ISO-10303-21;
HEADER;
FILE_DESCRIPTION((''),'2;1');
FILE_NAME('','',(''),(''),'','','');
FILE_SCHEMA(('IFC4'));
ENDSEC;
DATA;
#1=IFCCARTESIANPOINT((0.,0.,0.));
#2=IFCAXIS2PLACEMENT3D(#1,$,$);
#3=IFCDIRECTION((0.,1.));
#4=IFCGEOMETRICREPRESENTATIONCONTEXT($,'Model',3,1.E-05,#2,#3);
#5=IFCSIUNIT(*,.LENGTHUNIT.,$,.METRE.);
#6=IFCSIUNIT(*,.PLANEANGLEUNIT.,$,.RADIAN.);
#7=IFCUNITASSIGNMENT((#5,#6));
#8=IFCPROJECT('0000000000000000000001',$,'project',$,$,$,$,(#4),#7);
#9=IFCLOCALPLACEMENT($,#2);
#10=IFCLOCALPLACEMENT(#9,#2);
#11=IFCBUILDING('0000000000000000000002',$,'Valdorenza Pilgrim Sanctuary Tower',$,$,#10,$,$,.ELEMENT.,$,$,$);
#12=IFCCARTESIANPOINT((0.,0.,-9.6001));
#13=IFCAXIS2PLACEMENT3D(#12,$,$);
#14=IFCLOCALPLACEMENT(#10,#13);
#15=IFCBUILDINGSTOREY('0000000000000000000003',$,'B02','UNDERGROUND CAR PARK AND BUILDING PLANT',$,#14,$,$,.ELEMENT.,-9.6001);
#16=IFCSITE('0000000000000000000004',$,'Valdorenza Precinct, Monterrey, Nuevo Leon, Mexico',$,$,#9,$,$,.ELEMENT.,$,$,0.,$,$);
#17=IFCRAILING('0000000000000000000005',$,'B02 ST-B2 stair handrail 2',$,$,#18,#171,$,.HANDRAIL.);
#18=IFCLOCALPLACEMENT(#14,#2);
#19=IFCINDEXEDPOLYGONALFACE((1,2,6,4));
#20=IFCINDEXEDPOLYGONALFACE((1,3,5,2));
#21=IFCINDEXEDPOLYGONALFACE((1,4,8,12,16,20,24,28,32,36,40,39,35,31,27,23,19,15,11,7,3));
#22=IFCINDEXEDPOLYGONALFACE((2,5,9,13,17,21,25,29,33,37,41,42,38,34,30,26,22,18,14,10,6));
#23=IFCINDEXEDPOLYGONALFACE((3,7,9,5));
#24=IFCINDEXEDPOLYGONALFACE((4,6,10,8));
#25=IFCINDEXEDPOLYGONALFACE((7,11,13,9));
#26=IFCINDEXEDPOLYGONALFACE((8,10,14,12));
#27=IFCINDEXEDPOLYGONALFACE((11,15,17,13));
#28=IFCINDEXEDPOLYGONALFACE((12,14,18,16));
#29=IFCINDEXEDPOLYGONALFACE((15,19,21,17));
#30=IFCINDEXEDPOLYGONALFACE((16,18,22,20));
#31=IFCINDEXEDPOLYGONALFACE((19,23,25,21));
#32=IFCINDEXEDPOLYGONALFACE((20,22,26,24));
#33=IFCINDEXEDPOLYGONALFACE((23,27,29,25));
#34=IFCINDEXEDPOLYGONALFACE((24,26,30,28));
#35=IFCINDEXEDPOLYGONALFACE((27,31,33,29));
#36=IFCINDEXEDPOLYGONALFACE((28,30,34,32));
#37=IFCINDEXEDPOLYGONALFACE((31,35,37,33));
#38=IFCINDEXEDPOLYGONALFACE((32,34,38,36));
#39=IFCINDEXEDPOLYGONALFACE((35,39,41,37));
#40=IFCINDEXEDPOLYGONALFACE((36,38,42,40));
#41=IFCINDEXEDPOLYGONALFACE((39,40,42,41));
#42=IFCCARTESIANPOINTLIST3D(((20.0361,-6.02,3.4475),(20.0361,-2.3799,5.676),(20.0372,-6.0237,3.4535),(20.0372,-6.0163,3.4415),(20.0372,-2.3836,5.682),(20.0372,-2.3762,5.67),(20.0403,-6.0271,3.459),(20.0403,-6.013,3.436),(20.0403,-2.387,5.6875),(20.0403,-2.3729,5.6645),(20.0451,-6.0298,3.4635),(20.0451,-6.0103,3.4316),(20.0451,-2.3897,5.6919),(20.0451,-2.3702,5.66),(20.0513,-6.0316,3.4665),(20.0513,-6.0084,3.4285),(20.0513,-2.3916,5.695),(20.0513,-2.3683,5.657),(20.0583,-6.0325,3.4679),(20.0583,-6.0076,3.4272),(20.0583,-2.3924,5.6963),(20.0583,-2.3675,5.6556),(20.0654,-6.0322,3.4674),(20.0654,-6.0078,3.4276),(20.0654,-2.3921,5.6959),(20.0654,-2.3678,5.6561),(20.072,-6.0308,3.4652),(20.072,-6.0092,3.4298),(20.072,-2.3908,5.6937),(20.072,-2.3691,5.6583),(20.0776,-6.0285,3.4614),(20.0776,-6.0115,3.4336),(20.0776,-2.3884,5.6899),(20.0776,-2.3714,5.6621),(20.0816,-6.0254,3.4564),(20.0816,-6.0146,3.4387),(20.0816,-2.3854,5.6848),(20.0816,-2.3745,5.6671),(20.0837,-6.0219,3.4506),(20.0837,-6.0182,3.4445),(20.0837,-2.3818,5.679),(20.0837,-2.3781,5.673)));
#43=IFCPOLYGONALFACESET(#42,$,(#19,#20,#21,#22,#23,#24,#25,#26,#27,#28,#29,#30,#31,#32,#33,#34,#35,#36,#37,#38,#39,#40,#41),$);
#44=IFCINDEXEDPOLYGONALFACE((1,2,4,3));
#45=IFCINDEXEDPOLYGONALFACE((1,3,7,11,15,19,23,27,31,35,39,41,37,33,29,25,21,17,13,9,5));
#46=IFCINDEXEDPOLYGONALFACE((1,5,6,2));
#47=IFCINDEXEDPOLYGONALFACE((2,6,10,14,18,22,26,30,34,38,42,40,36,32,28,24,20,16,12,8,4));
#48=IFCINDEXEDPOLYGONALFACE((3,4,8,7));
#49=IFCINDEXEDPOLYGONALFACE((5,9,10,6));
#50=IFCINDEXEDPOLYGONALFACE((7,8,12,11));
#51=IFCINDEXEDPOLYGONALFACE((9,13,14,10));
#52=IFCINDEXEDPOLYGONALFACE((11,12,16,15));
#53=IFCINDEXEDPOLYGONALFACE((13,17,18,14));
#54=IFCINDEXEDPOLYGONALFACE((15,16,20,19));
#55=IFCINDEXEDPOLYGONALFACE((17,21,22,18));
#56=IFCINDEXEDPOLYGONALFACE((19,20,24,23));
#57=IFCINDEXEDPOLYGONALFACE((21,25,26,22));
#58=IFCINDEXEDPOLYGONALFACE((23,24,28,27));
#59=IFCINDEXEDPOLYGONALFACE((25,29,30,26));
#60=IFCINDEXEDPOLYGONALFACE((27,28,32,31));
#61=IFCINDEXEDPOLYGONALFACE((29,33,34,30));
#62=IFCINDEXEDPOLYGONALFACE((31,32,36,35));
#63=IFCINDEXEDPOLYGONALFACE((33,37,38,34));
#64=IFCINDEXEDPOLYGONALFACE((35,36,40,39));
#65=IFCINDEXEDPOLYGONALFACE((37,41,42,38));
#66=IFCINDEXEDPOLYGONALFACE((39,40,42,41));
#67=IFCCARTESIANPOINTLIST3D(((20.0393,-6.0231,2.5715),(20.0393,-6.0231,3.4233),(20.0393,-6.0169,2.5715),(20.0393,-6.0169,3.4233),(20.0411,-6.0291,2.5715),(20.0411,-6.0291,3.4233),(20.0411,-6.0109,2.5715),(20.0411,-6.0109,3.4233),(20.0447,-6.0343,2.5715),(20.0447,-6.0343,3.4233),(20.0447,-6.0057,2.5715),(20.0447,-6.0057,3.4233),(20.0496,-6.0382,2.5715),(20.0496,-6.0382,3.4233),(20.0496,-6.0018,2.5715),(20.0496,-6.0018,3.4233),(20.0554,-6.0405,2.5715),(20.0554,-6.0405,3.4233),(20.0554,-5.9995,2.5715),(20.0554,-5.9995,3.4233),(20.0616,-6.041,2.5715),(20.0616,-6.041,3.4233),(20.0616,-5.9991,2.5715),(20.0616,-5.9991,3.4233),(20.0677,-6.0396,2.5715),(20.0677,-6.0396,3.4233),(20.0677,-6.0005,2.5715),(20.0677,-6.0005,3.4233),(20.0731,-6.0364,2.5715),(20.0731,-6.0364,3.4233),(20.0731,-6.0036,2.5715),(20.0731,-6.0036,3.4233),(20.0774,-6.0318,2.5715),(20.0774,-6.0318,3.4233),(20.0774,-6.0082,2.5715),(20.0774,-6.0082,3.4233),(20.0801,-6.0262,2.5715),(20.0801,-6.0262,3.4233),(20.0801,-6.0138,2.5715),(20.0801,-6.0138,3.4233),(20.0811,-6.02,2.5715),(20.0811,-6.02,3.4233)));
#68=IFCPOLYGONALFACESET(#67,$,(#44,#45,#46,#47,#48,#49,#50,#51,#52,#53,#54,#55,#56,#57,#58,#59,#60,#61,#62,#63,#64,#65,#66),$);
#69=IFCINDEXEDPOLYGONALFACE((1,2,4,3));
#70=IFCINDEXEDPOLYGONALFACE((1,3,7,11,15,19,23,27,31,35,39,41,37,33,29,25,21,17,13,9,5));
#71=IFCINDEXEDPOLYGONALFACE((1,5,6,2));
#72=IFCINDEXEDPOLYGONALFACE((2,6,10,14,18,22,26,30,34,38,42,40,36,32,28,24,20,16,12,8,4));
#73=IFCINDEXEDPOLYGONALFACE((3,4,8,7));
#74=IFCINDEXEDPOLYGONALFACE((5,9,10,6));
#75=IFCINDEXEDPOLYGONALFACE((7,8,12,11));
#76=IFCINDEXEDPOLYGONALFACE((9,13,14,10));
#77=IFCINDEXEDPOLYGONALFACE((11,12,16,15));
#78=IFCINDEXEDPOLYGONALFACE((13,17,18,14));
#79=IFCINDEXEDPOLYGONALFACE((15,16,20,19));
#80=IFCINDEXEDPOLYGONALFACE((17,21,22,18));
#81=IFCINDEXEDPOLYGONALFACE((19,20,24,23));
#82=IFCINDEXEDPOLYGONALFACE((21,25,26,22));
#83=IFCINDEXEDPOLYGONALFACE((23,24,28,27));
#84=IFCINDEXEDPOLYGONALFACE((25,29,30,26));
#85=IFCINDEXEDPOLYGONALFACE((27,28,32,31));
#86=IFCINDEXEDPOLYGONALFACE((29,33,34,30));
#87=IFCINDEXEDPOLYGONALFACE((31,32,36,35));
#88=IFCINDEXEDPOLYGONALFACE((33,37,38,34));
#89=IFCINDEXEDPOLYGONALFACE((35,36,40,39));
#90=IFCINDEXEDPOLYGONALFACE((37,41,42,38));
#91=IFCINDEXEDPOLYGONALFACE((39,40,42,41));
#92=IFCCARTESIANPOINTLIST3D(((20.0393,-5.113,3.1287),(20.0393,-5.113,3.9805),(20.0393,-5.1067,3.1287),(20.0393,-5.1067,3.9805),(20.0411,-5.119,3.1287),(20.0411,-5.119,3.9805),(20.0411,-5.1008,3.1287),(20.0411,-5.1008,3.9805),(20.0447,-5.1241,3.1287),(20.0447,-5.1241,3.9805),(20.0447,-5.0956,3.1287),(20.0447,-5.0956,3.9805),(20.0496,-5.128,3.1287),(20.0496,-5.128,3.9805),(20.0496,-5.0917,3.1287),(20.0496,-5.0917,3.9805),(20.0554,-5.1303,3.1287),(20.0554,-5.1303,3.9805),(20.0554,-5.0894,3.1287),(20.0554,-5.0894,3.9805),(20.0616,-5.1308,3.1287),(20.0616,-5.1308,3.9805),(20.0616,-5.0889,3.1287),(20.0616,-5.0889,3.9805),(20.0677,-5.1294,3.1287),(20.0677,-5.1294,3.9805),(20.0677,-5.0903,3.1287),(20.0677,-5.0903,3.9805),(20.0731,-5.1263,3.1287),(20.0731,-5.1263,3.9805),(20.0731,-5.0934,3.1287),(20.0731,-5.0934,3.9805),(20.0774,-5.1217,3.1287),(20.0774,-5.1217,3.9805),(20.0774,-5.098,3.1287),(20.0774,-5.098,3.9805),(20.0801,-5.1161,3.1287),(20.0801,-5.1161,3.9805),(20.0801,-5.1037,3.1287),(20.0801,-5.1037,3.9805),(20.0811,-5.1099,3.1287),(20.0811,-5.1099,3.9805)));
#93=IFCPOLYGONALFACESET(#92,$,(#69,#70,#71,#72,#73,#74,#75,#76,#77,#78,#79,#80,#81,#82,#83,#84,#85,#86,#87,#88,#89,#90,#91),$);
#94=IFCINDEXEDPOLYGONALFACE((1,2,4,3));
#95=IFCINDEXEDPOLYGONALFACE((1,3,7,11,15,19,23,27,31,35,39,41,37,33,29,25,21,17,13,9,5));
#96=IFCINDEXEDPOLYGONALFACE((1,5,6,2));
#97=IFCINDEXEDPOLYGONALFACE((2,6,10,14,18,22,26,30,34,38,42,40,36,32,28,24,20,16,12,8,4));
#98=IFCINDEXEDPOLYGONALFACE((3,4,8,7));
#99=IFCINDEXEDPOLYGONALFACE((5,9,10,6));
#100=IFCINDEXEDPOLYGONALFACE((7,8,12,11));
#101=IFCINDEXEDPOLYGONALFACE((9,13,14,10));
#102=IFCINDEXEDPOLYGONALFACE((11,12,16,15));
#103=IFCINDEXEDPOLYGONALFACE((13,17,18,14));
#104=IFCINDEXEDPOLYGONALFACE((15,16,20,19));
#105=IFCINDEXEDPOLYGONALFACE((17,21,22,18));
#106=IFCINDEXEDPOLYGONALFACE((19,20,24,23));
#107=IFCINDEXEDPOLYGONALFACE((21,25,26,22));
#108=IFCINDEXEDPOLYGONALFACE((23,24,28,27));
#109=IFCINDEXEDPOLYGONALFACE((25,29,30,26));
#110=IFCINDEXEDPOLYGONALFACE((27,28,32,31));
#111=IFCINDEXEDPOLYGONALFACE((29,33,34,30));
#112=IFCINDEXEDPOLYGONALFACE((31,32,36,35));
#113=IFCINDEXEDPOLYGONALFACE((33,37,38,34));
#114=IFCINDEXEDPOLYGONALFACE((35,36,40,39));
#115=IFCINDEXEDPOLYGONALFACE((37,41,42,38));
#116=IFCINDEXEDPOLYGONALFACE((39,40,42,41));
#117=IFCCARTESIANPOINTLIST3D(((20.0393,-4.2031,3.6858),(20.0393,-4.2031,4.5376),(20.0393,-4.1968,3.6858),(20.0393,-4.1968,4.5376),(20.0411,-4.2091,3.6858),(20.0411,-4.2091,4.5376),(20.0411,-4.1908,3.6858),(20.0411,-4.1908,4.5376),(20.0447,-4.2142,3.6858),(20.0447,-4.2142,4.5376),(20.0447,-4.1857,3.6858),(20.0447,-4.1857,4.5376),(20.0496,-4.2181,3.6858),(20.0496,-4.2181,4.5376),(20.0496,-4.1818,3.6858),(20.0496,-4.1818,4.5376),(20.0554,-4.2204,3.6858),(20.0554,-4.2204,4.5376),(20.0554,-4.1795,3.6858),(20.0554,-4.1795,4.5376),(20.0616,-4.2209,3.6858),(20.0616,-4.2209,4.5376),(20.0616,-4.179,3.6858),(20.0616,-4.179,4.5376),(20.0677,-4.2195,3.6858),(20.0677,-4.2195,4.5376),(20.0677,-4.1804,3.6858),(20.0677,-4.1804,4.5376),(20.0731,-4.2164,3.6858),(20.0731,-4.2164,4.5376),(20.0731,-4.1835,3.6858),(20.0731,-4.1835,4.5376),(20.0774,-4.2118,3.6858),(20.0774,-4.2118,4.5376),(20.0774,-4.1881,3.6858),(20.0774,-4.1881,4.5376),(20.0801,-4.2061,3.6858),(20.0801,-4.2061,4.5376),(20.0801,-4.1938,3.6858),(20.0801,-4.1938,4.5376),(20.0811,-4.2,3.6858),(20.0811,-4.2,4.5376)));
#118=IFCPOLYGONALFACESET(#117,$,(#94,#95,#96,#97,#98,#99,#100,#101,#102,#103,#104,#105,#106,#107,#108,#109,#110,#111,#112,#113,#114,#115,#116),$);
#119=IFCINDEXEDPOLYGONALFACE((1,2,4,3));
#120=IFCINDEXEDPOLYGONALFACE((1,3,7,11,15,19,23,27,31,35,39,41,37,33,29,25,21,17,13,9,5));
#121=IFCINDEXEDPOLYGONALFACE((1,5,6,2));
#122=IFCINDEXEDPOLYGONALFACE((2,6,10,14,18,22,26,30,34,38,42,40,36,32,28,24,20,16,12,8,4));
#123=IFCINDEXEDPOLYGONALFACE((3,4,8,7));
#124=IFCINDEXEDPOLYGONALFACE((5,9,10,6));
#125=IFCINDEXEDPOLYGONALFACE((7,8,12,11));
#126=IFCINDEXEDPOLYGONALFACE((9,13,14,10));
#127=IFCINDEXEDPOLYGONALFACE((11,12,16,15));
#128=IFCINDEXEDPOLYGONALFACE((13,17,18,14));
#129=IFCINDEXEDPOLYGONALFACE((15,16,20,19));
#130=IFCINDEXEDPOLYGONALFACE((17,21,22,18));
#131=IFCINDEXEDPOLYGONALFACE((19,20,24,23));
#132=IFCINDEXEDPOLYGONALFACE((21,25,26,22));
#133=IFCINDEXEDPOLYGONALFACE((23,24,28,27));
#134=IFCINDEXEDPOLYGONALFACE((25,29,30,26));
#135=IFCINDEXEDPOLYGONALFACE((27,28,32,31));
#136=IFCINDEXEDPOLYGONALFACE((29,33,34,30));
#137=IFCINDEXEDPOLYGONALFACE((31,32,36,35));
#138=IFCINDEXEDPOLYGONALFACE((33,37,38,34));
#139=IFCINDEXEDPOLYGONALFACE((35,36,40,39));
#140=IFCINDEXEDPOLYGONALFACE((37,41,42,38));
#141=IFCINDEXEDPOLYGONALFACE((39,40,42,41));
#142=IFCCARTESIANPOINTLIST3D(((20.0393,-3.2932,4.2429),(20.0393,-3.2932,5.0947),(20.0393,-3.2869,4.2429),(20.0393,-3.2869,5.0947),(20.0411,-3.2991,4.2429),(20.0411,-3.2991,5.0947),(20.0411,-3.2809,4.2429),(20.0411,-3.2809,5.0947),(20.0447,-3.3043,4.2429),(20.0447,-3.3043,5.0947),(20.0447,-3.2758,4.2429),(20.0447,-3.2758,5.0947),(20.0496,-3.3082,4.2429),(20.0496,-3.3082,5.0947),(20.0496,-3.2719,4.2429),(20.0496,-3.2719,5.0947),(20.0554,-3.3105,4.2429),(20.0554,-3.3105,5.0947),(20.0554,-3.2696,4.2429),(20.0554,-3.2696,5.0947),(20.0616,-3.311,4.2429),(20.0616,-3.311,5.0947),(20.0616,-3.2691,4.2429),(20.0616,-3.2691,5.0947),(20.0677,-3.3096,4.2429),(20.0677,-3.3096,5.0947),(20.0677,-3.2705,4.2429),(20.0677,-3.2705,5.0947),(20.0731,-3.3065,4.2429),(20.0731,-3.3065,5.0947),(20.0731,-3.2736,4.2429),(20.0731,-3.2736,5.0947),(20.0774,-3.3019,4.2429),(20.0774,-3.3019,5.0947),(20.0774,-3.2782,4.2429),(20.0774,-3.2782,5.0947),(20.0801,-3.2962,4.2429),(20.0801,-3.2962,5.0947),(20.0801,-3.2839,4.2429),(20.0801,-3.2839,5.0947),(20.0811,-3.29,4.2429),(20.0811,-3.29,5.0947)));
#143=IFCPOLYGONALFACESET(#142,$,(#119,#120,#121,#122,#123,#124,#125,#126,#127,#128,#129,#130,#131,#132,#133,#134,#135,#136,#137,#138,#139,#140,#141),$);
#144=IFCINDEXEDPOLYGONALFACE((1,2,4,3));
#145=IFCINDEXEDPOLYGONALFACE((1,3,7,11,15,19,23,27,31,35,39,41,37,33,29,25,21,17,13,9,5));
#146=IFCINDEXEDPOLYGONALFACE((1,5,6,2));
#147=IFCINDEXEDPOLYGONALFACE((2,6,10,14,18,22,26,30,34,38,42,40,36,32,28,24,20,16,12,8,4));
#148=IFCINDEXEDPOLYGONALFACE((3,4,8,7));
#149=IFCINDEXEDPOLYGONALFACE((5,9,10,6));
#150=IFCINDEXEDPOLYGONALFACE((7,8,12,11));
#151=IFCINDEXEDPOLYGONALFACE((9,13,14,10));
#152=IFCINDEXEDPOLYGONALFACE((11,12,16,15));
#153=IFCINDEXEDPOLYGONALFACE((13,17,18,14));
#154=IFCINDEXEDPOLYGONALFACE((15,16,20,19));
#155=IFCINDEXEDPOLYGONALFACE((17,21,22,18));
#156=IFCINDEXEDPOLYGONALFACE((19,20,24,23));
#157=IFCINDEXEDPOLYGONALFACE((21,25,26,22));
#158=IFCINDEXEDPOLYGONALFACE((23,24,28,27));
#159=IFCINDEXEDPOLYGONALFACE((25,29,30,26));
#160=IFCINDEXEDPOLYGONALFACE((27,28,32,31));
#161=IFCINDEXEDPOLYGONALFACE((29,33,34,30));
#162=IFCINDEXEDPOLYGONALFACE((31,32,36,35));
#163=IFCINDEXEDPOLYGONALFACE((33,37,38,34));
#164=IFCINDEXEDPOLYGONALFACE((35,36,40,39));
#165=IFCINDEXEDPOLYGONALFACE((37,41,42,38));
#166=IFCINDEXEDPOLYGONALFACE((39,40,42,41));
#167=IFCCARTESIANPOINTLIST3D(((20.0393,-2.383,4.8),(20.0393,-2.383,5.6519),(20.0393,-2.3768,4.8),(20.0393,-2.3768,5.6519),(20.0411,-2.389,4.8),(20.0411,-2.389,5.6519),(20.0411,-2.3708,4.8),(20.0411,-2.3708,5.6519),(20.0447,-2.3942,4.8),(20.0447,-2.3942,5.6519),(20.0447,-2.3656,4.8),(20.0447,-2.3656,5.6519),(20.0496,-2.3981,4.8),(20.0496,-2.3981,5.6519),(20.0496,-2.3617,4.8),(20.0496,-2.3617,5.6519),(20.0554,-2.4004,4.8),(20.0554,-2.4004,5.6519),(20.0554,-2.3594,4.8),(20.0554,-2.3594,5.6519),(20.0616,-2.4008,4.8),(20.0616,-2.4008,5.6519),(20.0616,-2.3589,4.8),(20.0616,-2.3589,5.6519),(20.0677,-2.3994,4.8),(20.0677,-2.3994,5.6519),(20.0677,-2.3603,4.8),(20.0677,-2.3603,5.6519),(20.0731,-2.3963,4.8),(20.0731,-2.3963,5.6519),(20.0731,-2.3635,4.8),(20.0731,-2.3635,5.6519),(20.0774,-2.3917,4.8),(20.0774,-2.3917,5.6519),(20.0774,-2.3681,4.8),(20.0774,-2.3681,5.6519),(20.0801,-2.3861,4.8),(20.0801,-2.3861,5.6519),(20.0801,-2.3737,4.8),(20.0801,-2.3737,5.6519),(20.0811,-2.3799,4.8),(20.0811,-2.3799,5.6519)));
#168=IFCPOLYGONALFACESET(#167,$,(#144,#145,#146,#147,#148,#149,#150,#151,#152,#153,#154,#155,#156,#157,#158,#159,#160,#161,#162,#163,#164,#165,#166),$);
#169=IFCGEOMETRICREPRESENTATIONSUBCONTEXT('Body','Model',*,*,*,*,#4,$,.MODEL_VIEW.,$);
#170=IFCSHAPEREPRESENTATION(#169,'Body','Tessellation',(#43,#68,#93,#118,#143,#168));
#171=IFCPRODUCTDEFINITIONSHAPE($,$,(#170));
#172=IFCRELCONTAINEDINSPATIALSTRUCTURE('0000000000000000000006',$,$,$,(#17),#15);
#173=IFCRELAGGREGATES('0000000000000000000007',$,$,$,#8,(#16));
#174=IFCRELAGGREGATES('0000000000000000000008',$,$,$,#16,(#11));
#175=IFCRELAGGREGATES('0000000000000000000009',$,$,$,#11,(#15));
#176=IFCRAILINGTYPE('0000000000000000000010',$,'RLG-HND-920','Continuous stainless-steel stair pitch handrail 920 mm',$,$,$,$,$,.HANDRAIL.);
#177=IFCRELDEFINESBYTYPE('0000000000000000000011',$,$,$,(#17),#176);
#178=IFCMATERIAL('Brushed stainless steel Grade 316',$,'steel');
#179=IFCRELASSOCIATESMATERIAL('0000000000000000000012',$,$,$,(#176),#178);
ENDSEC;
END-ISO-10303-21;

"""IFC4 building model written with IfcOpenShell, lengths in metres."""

from ifc_helpers import new_model, si_unit, direction, frame, origin, origin_2d, place, context, subcontext, project, spatial, circle, extrude, material, type_object, element, save


model = new_model("IFC4")

# Units and contexts
model_context = context("Model", 3, precision=1e-05, world=origin(), true_north=direction((0.0, 1.0)))
body_context = subcontext(model_context, "Body", "Model", "MODEL_VIEW")
ifc_project = project(units=[si_unit("LENGTHUNIT", "METRE"), si_unit("PLANEANGLEUNIT", "RADIAN")], contexts=[model_context])

# Site, building, storey
site_placement = place(None, origin())
site = spatial("IfcSite", under=ifc_project, at=site_placement, Name="Valdorenza Precinct, Monterrey, Nuevo Leon, Mexico", CompositionType="ELEMENT", RefElevation=0.0)
building_placement = place(site_placement, origin())
building = spatial("IfcBuilding", under=site, at=building_placement, Name="Valdorenza Pilgrim Sanctuary Tower", CompositionType="ELEMENT")
storey_placement = place(building_placement, frame((0.0, 0.0, -9.6001)))
storey = spatial("IfcBuildingStorey", under=building, at=storey_placement, Name="B02", Description="UNDERGROUND CAR PARK AND BUILDING PLANT", CompositionType="ELEMENT", Elevation=-9.6001)

# Railing
ifc_material_1 = material(Name="Brushed stainless steel Grade 316", Category="steel")
railing_type_1 = type_object("IfcRailingType", Name="RLG-HND-920", Description="Continuous stainless-steel stair pitch handrail 920 mm", PredefinedType="HANDRAIL", material=ifc_material_1)
railing_1_placement = place(storey_placement, frame((20.0601, -6.02, 2.5715)))
element("IfcRailing", 1, at=railing_1_placement, inside=storey, type_object=railing_type_1, Name="B02 ST-B2 stair handrail 2", PredefinedType="HANDRAIL", context=body_context, shape_type="SweptSolid", body=[
    extrude(circle(Radius=0.0239, at=origin_2d()), frame((0.0, 0.0, 0.876), z_axis=(0.0, 0.852866, 0.52213), x_axis=(-1.0, 0.0, 0.0)), (0.0, 0.0, 1.0), 4.2681),
    extrude(circle(Radius=0.021, at=origin_2d()), origin(), (0.0, 0.0, 1.0), 0.8518),
    extrude(circle(Radius=0.021, at=origin_2d()), frame((0.0, 0.9102, 0.5571)), (0.0, 0.0, 1.0), 0.8518),
    extrude(circle(Radius=0.021, at=origin_2d()), frame((0.0, 1.8201, 1.1143)), (0.0, 0.0, 1.0), 0.8518),
    extrude(circle(Radius=0.021, at=origin_2d()), frame((0.0, 2.73, 1.6714)), (0.0, 0.0, 1.0), 0.8518),
    extrude(circle(Radius=0.021, at=origin_2d()), frame((0.0, 3.6401, 2.2285)), (0.0, 0.0, 1.0), 0.8518),
])

save(model, "model.ifc")
